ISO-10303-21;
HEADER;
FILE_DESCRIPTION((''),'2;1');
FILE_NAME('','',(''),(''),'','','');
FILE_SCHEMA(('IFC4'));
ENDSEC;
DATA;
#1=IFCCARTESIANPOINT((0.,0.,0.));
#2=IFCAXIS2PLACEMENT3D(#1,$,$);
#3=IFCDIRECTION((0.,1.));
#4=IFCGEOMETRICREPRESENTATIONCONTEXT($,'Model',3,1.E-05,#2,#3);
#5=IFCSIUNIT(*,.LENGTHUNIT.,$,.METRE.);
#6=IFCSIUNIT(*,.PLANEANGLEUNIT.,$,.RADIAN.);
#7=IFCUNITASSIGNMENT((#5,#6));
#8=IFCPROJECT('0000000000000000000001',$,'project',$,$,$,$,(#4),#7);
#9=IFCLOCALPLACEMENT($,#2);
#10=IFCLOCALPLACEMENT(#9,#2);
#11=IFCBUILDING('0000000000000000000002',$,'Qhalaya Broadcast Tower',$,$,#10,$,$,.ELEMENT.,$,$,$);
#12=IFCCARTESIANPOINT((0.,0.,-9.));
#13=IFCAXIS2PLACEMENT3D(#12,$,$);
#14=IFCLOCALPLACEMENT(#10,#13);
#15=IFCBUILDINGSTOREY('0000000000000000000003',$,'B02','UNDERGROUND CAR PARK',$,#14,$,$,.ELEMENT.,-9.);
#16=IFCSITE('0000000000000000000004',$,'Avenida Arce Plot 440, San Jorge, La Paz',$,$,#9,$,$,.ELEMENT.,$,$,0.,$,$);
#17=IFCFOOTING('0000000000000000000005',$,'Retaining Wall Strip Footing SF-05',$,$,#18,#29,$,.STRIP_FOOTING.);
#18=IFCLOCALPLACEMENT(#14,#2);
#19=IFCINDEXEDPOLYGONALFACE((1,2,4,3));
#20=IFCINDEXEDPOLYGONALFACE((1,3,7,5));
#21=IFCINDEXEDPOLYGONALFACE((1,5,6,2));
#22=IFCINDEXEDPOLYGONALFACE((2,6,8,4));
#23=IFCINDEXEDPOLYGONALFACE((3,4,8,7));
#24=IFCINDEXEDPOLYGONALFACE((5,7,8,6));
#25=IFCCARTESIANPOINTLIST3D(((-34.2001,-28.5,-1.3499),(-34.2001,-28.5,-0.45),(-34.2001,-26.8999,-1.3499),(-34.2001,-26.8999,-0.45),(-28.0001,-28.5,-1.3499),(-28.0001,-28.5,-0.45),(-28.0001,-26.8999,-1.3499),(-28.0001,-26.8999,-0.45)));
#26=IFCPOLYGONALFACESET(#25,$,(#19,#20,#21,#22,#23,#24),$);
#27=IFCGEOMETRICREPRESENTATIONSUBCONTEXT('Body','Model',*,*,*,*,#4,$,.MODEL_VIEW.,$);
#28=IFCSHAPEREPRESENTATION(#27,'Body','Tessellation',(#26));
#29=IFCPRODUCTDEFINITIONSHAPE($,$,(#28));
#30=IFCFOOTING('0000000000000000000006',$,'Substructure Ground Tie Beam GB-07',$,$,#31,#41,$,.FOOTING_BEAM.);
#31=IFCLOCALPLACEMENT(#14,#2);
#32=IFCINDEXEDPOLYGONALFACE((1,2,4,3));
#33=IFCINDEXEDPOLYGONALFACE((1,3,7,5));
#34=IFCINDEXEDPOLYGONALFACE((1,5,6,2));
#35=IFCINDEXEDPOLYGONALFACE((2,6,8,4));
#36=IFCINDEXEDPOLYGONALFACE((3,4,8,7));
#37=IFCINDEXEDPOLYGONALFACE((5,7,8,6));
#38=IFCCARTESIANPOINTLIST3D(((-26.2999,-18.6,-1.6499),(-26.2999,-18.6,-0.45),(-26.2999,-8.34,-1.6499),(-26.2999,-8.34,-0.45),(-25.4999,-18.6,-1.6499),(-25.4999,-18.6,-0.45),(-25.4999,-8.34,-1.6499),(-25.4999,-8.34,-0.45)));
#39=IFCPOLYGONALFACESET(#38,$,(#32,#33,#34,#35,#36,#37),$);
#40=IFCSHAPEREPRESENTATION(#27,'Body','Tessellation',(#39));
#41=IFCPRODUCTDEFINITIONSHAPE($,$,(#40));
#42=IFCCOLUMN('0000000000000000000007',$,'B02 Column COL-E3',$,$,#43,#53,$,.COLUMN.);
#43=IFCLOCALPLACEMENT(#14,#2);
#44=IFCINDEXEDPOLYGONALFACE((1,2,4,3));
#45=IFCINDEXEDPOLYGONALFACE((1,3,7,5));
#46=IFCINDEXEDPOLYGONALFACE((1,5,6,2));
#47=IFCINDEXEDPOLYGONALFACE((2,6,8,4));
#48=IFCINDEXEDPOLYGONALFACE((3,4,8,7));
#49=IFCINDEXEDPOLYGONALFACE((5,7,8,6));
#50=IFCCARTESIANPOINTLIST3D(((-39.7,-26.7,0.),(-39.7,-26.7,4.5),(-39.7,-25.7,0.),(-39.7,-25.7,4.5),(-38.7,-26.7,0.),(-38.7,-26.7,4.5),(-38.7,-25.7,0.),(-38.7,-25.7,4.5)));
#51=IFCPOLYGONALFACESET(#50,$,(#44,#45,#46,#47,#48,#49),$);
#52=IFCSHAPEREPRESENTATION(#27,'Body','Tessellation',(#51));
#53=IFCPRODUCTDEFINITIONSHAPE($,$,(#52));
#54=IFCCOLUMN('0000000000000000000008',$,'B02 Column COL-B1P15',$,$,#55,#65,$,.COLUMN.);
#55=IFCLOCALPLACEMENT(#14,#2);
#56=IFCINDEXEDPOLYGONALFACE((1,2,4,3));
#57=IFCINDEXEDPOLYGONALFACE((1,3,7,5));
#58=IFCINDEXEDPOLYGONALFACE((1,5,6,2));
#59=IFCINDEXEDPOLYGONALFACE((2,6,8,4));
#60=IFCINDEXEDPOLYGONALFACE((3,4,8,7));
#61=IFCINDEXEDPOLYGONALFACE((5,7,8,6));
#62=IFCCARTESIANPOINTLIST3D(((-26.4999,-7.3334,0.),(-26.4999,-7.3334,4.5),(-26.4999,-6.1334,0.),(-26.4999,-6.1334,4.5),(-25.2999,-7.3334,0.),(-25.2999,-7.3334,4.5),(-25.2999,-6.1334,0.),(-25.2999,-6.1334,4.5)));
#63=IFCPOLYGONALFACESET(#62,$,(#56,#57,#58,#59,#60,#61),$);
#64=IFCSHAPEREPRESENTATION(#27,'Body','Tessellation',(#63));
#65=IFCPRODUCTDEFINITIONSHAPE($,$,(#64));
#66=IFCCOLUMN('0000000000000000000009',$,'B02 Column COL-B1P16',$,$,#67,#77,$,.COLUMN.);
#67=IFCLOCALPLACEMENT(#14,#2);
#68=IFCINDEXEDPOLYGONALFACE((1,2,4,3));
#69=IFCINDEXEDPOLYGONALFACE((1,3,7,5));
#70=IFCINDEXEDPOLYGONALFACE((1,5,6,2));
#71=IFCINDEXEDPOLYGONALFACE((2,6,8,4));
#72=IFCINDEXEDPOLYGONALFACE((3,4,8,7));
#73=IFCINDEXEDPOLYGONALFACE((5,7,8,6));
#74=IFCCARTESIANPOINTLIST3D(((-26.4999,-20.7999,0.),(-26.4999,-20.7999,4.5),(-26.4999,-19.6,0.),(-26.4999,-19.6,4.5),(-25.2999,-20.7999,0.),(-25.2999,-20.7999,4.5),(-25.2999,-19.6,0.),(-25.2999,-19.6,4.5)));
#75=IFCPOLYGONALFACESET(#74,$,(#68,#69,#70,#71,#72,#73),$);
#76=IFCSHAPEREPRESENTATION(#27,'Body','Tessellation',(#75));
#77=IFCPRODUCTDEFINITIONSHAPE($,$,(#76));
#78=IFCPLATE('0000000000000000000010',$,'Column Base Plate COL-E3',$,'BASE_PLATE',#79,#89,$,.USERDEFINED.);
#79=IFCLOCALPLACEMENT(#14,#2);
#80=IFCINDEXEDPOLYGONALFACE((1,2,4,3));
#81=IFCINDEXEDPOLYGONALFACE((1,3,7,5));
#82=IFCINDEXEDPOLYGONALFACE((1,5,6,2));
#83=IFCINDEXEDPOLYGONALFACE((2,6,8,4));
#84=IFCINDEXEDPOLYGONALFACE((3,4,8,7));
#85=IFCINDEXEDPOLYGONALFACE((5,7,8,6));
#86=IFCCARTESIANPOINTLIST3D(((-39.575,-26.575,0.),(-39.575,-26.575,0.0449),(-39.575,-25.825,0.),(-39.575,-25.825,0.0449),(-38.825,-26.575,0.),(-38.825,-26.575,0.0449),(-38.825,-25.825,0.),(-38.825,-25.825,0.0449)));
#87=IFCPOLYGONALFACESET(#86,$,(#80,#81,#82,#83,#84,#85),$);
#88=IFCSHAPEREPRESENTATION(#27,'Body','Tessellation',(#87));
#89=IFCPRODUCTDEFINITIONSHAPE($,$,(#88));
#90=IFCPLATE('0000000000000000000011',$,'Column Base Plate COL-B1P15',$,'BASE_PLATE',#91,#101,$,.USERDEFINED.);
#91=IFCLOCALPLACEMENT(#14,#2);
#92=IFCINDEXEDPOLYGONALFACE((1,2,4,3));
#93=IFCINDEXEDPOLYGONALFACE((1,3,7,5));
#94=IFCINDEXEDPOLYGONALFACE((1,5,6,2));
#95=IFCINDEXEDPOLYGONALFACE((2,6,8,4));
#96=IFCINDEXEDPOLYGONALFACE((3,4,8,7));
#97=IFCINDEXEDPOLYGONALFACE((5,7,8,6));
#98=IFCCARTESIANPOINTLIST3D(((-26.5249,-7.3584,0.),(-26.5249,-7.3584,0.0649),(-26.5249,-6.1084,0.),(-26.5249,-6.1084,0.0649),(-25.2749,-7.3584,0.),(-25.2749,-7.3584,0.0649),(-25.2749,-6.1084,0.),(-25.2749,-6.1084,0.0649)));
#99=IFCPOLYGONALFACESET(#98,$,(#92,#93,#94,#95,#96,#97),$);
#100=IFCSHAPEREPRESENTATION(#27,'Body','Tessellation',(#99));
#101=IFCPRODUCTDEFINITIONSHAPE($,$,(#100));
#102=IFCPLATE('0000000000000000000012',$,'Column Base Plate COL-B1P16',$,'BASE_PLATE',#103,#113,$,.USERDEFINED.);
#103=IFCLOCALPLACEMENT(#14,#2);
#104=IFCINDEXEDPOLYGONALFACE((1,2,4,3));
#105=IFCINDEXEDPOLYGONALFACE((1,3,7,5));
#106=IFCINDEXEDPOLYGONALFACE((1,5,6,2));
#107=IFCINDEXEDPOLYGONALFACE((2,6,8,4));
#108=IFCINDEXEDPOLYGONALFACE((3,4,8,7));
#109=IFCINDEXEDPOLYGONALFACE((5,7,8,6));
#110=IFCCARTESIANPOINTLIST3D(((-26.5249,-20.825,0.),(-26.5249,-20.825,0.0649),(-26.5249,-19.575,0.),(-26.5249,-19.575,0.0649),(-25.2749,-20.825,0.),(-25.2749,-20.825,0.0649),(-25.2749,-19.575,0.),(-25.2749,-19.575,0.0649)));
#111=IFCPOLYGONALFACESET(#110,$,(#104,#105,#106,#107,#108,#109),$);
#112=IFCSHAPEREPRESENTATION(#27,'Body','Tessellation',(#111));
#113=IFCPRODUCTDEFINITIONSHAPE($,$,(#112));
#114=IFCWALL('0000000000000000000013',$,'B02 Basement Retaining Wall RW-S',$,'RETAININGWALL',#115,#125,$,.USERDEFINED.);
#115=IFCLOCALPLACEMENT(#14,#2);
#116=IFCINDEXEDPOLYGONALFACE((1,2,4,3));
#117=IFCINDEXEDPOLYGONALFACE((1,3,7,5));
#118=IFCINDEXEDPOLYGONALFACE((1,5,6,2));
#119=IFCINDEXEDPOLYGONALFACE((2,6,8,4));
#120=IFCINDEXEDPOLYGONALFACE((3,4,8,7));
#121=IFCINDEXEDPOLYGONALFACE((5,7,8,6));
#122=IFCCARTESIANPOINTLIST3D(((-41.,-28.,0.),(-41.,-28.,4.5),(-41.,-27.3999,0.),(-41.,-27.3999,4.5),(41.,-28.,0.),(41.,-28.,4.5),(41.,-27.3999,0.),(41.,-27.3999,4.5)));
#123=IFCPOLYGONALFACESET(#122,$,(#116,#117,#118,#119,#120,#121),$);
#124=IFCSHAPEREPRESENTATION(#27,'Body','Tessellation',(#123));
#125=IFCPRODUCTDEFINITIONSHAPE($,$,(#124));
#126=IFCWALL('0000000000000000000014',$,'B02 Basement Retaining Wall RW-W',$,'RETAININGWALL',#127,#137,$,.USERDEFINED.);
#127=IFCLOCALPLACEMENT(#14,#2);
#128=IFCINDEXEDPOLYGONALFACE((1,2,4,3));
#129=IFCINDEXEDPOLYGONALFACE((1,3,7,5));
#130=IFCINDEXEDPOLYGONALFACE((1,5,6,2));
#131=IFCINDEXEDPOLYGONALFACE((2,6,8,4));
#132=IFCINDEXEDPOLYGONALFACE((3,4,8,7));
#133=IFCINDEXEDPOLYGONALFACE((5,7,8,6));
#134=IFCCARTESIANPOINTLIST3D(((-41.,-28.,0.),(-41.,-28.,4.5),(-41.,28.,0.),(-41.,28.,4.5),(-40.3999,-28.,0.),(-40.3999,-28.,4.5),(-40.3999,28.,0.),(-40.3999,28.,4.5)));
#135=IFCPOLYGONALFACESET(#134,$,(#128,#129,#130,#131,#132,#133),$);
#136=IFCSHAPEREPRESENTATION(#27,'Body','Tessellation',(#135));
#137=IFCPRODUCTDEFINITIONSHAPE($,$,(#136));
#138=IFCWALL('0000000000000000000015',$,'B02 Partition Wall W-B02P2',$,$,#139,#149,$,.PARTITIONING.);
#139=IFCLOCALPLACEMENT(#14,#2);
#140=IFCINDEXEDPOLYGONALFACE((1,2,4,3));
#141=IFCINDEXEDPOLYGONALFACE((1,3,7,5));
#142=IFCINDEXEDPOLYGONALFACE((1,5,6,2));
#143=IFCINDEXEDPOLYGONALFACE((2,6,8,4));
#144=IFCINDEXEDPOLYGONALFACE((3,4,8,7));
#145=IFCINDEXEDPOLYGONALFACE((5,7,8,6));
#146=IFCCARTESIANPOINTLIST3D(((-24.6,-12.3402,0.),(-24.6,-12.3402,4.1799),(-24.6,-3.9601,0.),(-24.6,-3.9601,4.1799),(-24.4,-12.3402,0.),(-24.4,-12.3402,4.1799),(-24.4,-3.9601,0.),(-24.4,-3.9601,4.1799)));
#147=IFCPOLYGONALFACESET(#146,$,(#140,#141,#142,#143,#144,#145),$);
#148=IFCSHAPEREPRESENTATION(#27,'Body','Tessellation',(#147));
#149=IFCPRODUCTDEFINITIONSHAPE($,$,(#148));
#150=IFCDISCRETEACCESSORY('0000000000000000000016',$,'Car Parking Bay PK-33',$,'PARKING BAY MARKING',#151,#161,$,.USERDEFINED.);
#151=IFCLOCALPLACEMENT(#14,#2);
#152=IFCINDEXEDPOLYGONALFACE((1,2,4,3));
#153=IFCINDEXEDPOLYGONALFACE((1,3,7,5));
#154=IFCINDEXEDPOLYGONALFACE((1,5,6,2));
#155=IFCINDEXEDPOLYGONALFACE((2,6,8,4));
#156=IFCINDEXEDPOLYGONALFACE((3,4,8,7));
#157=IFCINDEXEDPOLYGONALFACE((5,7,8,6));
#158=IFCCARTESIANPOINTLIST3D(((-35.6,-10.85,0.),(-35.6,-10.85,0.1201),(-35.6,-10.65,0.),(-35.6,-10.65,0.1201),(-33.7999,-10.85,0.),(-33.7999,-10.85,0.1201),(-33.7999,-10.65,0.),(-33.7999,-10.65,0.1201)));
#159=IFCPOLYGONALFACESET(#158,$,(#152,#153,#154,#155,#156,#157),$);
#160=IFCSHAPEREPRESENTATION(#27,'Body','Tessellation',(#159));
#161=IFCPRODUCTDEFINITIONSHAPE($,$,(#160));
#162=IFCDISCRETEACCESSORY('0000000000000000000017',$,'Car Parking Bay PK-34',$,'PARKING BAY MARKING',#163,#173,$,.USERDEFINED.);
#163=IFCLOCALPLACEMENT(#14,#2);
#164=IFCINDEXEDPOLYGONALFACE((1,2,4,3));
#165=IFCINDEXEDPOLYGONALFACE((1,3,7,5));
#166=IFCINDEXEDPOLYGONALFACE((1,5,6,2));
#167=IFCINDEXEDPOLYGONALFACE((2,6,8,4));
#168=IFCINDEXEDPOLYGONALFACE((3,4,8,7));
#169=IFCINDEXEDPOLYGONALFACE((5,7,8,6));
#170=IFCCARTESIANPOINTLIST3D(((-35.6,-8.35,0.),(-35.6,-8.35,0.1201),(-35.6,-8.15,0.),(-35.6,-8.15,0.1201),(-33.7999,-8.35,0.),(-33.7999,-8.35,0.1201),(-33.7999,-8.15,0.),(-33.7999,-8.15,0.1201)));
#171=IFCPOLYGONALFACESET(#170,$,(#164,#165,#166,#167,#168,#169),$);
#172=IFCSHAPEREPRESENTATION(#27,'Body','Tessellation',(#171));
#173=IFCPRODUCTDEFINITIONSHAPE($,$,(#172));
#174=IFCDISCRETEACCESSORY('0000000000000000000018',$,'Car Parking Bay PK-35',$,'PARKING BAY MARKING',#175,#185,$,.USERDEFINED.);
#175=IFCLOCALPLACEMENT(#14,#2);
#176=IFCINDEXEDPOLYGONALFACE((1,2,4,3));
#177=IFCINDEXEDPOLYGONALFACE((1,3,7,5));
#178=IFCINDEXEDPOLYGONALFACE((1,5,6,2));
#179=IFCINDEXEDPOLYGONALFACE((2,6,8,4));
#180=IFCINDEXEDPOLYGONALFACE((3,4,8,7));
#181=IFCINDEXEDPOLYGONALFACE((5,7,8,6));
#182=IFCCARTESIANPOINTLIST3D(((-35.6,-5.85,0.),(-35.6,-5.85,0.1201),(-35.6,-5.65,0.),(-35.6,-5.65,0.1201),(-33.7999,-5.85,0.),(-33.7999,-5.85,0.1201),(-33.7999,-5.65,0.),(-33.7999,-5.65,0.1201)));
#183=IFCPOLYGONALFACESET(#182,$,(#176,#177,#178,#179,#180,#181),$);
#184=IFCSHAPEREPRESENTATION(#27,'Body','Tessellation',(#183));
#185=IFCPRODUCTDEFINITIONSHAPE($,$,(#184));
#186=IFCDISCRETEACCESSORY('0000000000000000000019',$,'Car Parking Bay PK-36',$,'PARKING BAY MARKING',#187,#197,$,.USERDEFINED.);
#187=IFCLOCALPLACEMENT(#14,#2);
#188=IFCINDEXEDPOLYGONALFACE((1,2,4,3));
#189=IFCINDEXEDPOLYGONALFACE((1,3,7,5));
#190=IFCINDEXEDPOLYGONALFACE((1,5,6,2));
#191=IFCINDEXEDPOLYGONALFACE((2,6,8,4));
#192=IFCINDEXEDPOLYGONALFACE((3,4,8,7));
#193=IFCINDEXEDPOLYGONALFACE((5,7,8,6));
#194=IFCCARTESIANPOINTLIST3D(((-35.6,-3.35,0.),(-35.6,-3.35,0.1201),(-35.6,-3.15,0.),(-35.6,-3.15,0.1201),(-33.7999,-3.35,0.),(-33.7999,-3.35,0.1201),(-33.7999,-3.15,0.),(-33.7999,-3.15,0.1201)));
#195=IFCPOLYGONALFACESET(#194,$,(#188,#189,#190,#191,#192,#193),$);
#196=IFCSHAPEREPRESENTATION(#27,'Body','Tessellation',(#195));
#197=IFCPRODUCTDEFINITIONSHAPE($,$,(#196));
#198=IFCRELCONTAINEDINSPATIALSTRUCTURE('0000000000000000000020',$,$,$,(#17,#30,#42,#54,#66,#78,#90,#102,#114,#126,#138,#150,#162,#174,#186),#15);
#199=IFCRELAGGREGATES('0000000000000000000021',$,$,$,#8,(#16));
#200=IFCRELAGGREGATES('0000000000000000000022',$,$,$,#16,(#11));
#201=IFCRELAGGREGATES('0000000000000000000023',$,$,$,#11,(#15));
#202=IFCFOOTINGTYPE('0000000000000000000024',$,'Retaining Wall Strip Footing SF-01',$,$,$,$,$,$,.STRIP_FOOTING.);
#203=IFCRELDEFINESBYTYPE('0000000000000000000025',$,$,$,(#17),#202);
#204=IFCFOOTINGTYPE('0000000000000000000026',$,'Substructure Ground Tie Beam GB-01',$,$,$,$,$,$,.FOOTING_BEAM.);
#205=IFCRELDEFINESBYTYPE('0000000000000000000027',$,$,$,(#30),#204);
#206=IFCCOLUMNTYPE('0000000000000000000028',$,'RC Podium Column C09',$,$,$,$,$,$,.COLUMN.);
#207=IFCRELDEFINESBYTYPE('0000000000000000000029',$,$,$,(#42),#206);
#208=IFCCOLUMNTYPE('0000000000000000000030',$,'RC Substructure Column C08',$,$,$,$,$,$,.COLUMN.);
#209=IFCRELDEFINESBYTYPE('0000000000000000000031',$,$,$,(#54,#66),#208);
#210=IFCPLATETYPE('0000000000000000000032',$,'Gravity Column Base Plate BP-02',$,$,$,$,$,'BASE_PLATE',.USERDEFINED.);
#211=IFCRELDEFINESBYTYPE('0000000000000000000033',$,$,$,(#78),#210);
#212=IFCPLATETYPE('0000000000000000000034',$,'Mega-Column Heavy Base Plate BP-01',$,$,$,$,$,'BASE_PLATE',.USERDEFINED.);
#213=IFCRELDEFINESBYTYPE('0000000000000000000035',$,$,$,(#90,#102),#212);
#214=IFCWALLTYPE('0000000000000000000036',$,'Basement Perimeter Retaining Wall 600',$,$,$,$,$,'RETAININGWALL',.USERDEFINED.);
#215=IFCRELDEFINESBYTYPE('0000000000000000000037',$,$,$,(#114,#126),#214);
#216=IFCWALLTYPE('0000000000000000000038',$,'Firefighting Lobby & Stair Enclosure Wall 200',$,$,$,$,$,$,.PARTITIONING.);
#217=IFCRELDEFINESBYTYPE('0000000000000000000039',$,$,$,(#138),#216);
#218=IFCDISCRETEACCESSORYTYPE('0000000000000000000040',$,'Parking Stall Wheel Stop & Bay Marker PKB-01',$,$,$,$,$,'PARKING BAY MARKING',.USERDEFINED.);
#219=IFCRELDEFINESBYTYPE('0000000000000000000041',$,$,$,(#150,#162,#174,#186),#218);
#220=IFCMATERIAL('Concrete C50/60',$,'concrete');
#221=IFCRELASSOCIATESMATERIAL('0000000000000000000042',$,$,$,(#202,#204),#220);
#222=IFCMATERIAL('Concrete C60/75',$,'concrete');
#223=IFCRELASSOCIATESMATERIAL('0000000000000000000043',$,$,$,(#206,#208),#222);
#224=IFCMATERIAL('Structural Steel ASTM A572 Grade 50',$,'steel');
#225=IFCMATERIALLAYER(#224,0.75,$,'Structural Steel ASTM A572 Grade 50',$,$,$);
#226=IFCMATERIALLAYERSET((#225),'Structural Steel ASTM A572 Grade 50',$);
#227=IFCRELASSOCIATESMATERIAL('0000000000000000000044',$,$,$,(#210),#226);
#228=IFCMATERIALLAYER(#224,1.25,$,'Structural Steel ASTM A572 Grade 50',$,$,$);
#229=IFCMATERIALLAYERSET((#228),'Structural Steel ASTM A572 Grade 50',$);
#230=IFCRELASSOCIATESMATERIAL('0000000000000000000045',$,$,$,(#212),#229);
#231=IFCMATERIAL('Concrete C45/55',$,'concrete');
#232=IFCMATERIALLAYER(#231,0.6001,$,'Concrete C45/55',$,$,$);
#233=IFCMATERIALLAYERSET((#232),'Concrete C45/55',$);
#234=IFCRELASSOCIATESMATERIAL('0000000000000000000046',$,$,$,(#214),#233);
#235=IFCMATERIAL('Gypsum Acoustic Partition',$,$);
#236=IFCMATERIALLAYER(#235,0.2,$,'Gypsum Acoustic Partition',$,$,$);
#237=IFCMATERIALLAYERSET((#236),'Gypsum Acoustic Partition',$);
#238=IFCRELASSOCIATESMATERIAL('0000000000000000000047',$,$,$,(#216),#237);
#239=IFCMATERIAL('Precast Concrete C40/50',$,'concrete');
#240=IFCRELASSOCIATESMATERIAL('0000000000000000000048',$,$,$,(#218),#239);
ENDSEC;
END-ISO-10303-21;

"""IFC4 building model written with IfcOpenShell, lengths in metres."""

from ifc_helpers import new_model, si_unit, direction, frame, frame_2d, origin, origin_2d, place, context, subcontext, project, spatial, rectangle, extrude, material, layer, layer_set, material_profile, profile_set, type_object, element, save


model = new_model("IFC4")

# Units and contexts
model_context = context("Model", 3, precision=1e-05, world=origin(), true_north=direction((0.0, 1.0)))
body_context = subcontext(model_context, "Body", "Model", "MODEL_VIEW")
ifc_project = project(units=[si_unit("LENGTHUNIT", "METRE"), si_unit("PLANEANGLEUNIT", "RADIAN")], contexts=[model_context])

# Site, building, storey
site_placement = place(None, origin())
site = spatial("IfcSite", under=ifc_project, at=site_placement, Name="Avenida Arce Plot 440, San Jorge, La Paz", CompositionType="ELEMENT", RefElevation=0.0)
building_placement = place(site_placement, origin())
building = spatial("IfcBuilding", under=site, at=building_placement, Name="Qhalaya Broadcast Tower", CompositionType="ELEMENT")
storey_placement = place(building_placement, frame((0.0, 0.0, -9.0)))
storey = spatial("IfcBuildingStorey", under=building, at=storey_placement, Name="B02", Description="UNDERGROUND CAR PARK", CompositionType="ELEMENT", Elevation=-9.0)

# Shared definitions
ifc_material_1 = material(Name="Concrete C45/55", Category="concrete")

# Footings
ifc_material_2 = material(Name="Concrete C50/60", Category="concrete")
footing_type_1 = type_object("IfcFootingType", Name="Retaining Wall Strip Footing SF-01", PredefinedType="STRIP_FOOTING", material=ifc_material_2)
footing_1_placement = place(storey_placement, frame((-31.1001, -27.7, -1.3499), z_axis=(0.0, 0.0, 1.0), x_axis=(1.0, 0.0, 0.0)))
element("IfcFooting", 1, at=footing_1_placement, inside=storey, type_object=footing_type_1, Name="Retaining Wall Strip Footing SF-05", PredefinedType="STRIP_FOOTING", context=body_context, shape_type="SweptSolid", body=[
    extrude(rectangle(XDim=6.2, YDim=1.6001, at=origin_2d()), origin(), (0.0, 0.0, 1.0), 0.8999),
])
footing_type_2 = type_object("IfcFootingType", Name="Substructure Ground Tie Beam GB-01", PredefinedType="FOOTING_BEAM", material=ifc_material_2)
footing_2_placement = place(storey_placement, frame((-25.8999, -13.47, -1.6499), z_axis=(0.0, 0.0, 1.0), x_axis=(0.0, 1.0, 0.0)))
element("IfcFooting", 2, at=footing_2_placement, inside=storey, type_object=footing_type_2, Name="Substructure Ground Tie Beam GB-07", PredefinedType="FOOTING_BEAM", context=body_context, shape_type="SweptSolid", body=[
    extrude(rectangle(XDim=10.26, YDim=0.8, at=origin_2d()), origin(), (0.0, 0.0, 1.0), 1.2),
])

# Columns
ifc_material_3 = material(Name="Concrete C60/75", Category="concrete")
ifc_material_profile_1 = material_profile(ifc_material_3, rectangle(XDim=1.0, YDim=1.0, at=origin_2d()), Name="RC-COL 1000x1000")
ifc_profile_set_1 = profile_set([ifc_material_profile_1], Name="Concrete C60/75")
column_type_1 = type_object("IfcColumnType", Name="RC Podium Column C09", PredefinedType="COLUMN", material=ifc_profile_set_1)
column_placement = place(storey_placement, frame((-39.2, -26.2, 0.0), z_axis=(0.0, 0.0, 1.0), x_axis=(1.0, 0.0, 0.0)))
element("IfcColumn", 3, at=column_placement, inside=storey, type_object=column_type_1, Name="B02 Column COL-E3", PredefinedType="COLUMN", context=body_context, shape_type="SweptSolid", body=[
    extrude(rectangle(XDim=1.0, YDim=1.0, at=origin_2d()), origin(), (0.0, 0.0, 1.0), 4.5),
])
ifc_material_profile_2 = material_profile(ifc_material_3, rectangle(XDim=1.2, YDim=1.2, at=origin_2d()), Name="RC-COL 1200x1200")
ifc_profile_set_2 = profile_set([ifc_material_profile_2], Name="Concrete C60/75")
column_type_2 = type_object("IfcColumnType", Name="RC Substructure Column C08", PredefinedType="COLUMN", material=ifc_profile_set_2)
for number, where, z_axis, x_axis, name in (
    (4, (-25.8999, -6.7334, 0.0), (0.0, 0.0, 1.0), (0.0, 1.0, 0.0), "B02 Column COL-B1P15"),
    (5, (-25.8999, -20.2, 0.0), (0.0, 0.0, 1.0), (0.0, 1.0, 0.0), "B02 Column COL-B1P16"),
):
    element("IfcColumn", number, at=place(storey_placement, frame(where, z_axis=z_axis, x_axis=x_axis)), inside=storey, type_object=column_type_2, Name=name, PredefinedType="COLUMN", context=body_context, shape_type="SweptSolid", body=[
        extrude(rectangle(XDim=1.2, YDim=1.2, at=origin_2d()), origin(), (0.0, 0.0, 1.0), 4.5),
    ])

# Plates
ifc_material_4 = material(Name="Structural Steel ASTM A572 Grade 50", Category="steel")
ifc_layer_1 = layer(ifc_material_4, 0.75, Name="Structural Steel ASTM A572 Grade 50")
ifc_layer_set_1 = layer_set([ifc_layer_1], Name="Structural Steel ASTM A572 Grade 50")
plate_type_1 = type_object("IfcPlateType", Name="Gravity Column Base Plate BP-02", ElementType="BASE_PLATE", PredefinedType="USERDEFINED", material=ifc_layer_set_1)
plate_placement = place(storey_placement, frame((-39.2, -26.2, 0.0), z_axis=(0.0, 0.0, 1.0), x_axis=(1.0, 0.0, 0.0)))
element("IfcPlate", 6, at=plate_placement, inside=storey, type_object=plate_type_1, Name="Column Base Plate COL-E3", ObjectType="BASE_PLATE", PredefinedType="USERDEFINED", context=body_context, shape_type="SweptSolid", body=[
    extrude(rectangle(XDim=0.75, YDim=0.75, at=origin_2d()), origin(), (0.0, 0.0, 1.0), 0.0449),
])
ifc_layer_2 = layer(ifc_material_4, 1.25, Name="Structural Steel ASTM A572 Grade 50")
ifc_layer_set_2 = layer_set([ifc_layer_2], Name="Structural Steel ASTM A572 Grade 50")
plate_type_2 = type_object("IfcPlateType", Name="Mega-Column Heavy Base Plate BP-01", ElementType="BASE_PLATE", PredefinedType="USERDEFINED", material=ifc_layer_set_2)
for number, where, z_axis, x_axis, name in (
    (7, (-25.8999, -6.7334, 0.0), (0.0, 0.0, 1.0), (0.0, 1.0, 0.0), "Column Base Plate COL-B1P15"),
    (8, (-25.8999, -20.2, 0.0), (0.0, 0.0, 1.0), (0.0, 1.0, 0.0), "Column Base Plate COL-B1P16"),
):
    element("IfcPlate", number, at=place(storey_placement, frame(where, z_axis=z_axis, x_axis=x_axis)), inside=storey, type_object=plate_type_2, Name=name, ObjectType="BASE_PLATE", PredefinedType="USERDEFINED", context=body_context, shape_type="SweptSolid", body=[
        extrude(rectangle(XDim=1.25, YDim=1.25, at=origin_2d()), origin(), (0.0, 0.0, 1.0), 0.0649),
    ])

# Walls
ifc_layer_3 = layer(ifc_material_1, 0.6001, Name="Concrete C45/55")
ifc_layer_set_3 = layer_set([ifc_layer_3], Name="Concrete C45/55")
wall_type_1 = type_object("IfcWallType", Name="Basement Perimeter Retaining Wall 600", ElementType="RETAININGWALL", PredefinedType="USERDEFINED", material=ifc_layer_set_3)
wall_1_placement = place(storey_placement, frame((-41.0, -27.7, 0.0), z_axis=(0.0, 0.0, 1.0), x_axis=(1.0, 0.0, 0.0)))
element("IfcWall", 9, at=wall_1_placement, inside=storey, type_object=wall_type_1, Name="B02 Basement Retaining Wall RW-S", ObjectType="RETAININGWALL", PredefinedType="USERDEFINED", context=body_context, shape_type="SweptSolid", body=[
    extrude(rectangle(XDim=82.0, YDim=0.6001, at=frame_2d((41.0, 0.0))), origin(), (0.0, 0.0, 1.0), 4.5),
])
wall_2_placement = place(storey_placement, frame((-40.7, -28.0, 0.0), z_axis=(0.0, 0.0, 1.0), x_axis=(0.0, 1.0, 0.0)))
element("IfcWall", 10, at=wall_2_placement, inside=storey, type_object=wall_type_1, Name="B02 Basement Retaining Wall RW-W", ObjectType="RETAININGWALL", PredefinedType="USERDEFINED", context=body_context, shape_type="SweptSolid", body=[
    extrude(rectangle(XDim=56.0, YDim=0.6001, at=frame_2d((28.0, 0.0))), origin(), (0.0, 0.0, 1.0), 4.5),
])
ifc_material_5 = material(Name="Gypsum Acoustic Partition")
ifc_layer_4 = layer(ifc_material_5, 0.2, Name="Gypsum Acoustic Partition")
ifc_layer_set_4 = layer_set([ifc_layer_4], Name="Gypsum Acoustic Partition")
wall_type_2 = type_object("IfcWallType", Name="Firefighting Lobby & Stair Enclosure Wall 200", PredefinedType="PARTITIONING", material=ifc_layer_set_4)
wall_3_placement = place(storey_placement, frame((-24.5, -12.3401, 0.0), z_axis=(0.0, 0.0, 1.0), x_axis=(0.0, 1.0, 0.0)))
element("IfcWall", 11, at=wall_3_placement, inside=storey, type_object=wall_type_2, Name="B02 Partition Wall W-B02P2", PredefinedType="PARTITIONING", context=body_context, shape_type="SweptSolid", body=[
    extrude(rectangle(XDim=8.3801, YDim=0.2, at=frame_2d((4.1899, 0.0))), origin(), (0.0, 0.0, 1.0), 4.1799),
])

# Discrete accessories
ifc_material_6 = material(Name="Precast Concrete C40/50", Category="concrete")
discrete_accessory_type = type_object("IfcDiscreteAccessoryType", Name="Parking Stall Wheel Stop & Bay Marker PKB-01", ElementType="PARKING BAY MARKING", PredefinedType="USERDEFINED", material=ifc_material_6)
for number, where, z_axis, x_axis, name in (
    (12, (-34.7, -10.75, 0.0), (0.0, 0.0, 1.0), (1.0, 0.0, 0.0), "Car Parking Bay PK-33"),
    (13, (-34.7, -8.25, 0.0), (0.0, 0.0, 1.0), (1.0, 0.0, 0.0), "Car Parking Bay PK-34"),
    (14, (-34.7, -5.75, 0.0), (0.0, 0.0, 1.0), (1.0, 0.0, 0.0), "Car Parking Bay PK-35"),
    (15, (-34.7, -3.25, 0.0), (0.0, 0.0, 1.0), (1.0, 0.0, 0.0), "Car Parking Bay PK-36"),
):
    element("IfcDiscreteAccessory", number, at=place(storey_placement, frame(where, z_axis=z_axis, x_axis=x_axis)), inside=storey, type_object=discrete_accessory_type, Name=name, ObjectType="PARKING BAY MARKING", PredefinedType="USERDEFINED", context=body_context, shape_type="SweptSolid", body=[
        extrude(rectangle(XDim=1.8, YDim=0.2, at=origin_2d()), origin(), (0.0, 0.0, 1.0), 0.1201),
    ])

save(model, "model.ifc")
